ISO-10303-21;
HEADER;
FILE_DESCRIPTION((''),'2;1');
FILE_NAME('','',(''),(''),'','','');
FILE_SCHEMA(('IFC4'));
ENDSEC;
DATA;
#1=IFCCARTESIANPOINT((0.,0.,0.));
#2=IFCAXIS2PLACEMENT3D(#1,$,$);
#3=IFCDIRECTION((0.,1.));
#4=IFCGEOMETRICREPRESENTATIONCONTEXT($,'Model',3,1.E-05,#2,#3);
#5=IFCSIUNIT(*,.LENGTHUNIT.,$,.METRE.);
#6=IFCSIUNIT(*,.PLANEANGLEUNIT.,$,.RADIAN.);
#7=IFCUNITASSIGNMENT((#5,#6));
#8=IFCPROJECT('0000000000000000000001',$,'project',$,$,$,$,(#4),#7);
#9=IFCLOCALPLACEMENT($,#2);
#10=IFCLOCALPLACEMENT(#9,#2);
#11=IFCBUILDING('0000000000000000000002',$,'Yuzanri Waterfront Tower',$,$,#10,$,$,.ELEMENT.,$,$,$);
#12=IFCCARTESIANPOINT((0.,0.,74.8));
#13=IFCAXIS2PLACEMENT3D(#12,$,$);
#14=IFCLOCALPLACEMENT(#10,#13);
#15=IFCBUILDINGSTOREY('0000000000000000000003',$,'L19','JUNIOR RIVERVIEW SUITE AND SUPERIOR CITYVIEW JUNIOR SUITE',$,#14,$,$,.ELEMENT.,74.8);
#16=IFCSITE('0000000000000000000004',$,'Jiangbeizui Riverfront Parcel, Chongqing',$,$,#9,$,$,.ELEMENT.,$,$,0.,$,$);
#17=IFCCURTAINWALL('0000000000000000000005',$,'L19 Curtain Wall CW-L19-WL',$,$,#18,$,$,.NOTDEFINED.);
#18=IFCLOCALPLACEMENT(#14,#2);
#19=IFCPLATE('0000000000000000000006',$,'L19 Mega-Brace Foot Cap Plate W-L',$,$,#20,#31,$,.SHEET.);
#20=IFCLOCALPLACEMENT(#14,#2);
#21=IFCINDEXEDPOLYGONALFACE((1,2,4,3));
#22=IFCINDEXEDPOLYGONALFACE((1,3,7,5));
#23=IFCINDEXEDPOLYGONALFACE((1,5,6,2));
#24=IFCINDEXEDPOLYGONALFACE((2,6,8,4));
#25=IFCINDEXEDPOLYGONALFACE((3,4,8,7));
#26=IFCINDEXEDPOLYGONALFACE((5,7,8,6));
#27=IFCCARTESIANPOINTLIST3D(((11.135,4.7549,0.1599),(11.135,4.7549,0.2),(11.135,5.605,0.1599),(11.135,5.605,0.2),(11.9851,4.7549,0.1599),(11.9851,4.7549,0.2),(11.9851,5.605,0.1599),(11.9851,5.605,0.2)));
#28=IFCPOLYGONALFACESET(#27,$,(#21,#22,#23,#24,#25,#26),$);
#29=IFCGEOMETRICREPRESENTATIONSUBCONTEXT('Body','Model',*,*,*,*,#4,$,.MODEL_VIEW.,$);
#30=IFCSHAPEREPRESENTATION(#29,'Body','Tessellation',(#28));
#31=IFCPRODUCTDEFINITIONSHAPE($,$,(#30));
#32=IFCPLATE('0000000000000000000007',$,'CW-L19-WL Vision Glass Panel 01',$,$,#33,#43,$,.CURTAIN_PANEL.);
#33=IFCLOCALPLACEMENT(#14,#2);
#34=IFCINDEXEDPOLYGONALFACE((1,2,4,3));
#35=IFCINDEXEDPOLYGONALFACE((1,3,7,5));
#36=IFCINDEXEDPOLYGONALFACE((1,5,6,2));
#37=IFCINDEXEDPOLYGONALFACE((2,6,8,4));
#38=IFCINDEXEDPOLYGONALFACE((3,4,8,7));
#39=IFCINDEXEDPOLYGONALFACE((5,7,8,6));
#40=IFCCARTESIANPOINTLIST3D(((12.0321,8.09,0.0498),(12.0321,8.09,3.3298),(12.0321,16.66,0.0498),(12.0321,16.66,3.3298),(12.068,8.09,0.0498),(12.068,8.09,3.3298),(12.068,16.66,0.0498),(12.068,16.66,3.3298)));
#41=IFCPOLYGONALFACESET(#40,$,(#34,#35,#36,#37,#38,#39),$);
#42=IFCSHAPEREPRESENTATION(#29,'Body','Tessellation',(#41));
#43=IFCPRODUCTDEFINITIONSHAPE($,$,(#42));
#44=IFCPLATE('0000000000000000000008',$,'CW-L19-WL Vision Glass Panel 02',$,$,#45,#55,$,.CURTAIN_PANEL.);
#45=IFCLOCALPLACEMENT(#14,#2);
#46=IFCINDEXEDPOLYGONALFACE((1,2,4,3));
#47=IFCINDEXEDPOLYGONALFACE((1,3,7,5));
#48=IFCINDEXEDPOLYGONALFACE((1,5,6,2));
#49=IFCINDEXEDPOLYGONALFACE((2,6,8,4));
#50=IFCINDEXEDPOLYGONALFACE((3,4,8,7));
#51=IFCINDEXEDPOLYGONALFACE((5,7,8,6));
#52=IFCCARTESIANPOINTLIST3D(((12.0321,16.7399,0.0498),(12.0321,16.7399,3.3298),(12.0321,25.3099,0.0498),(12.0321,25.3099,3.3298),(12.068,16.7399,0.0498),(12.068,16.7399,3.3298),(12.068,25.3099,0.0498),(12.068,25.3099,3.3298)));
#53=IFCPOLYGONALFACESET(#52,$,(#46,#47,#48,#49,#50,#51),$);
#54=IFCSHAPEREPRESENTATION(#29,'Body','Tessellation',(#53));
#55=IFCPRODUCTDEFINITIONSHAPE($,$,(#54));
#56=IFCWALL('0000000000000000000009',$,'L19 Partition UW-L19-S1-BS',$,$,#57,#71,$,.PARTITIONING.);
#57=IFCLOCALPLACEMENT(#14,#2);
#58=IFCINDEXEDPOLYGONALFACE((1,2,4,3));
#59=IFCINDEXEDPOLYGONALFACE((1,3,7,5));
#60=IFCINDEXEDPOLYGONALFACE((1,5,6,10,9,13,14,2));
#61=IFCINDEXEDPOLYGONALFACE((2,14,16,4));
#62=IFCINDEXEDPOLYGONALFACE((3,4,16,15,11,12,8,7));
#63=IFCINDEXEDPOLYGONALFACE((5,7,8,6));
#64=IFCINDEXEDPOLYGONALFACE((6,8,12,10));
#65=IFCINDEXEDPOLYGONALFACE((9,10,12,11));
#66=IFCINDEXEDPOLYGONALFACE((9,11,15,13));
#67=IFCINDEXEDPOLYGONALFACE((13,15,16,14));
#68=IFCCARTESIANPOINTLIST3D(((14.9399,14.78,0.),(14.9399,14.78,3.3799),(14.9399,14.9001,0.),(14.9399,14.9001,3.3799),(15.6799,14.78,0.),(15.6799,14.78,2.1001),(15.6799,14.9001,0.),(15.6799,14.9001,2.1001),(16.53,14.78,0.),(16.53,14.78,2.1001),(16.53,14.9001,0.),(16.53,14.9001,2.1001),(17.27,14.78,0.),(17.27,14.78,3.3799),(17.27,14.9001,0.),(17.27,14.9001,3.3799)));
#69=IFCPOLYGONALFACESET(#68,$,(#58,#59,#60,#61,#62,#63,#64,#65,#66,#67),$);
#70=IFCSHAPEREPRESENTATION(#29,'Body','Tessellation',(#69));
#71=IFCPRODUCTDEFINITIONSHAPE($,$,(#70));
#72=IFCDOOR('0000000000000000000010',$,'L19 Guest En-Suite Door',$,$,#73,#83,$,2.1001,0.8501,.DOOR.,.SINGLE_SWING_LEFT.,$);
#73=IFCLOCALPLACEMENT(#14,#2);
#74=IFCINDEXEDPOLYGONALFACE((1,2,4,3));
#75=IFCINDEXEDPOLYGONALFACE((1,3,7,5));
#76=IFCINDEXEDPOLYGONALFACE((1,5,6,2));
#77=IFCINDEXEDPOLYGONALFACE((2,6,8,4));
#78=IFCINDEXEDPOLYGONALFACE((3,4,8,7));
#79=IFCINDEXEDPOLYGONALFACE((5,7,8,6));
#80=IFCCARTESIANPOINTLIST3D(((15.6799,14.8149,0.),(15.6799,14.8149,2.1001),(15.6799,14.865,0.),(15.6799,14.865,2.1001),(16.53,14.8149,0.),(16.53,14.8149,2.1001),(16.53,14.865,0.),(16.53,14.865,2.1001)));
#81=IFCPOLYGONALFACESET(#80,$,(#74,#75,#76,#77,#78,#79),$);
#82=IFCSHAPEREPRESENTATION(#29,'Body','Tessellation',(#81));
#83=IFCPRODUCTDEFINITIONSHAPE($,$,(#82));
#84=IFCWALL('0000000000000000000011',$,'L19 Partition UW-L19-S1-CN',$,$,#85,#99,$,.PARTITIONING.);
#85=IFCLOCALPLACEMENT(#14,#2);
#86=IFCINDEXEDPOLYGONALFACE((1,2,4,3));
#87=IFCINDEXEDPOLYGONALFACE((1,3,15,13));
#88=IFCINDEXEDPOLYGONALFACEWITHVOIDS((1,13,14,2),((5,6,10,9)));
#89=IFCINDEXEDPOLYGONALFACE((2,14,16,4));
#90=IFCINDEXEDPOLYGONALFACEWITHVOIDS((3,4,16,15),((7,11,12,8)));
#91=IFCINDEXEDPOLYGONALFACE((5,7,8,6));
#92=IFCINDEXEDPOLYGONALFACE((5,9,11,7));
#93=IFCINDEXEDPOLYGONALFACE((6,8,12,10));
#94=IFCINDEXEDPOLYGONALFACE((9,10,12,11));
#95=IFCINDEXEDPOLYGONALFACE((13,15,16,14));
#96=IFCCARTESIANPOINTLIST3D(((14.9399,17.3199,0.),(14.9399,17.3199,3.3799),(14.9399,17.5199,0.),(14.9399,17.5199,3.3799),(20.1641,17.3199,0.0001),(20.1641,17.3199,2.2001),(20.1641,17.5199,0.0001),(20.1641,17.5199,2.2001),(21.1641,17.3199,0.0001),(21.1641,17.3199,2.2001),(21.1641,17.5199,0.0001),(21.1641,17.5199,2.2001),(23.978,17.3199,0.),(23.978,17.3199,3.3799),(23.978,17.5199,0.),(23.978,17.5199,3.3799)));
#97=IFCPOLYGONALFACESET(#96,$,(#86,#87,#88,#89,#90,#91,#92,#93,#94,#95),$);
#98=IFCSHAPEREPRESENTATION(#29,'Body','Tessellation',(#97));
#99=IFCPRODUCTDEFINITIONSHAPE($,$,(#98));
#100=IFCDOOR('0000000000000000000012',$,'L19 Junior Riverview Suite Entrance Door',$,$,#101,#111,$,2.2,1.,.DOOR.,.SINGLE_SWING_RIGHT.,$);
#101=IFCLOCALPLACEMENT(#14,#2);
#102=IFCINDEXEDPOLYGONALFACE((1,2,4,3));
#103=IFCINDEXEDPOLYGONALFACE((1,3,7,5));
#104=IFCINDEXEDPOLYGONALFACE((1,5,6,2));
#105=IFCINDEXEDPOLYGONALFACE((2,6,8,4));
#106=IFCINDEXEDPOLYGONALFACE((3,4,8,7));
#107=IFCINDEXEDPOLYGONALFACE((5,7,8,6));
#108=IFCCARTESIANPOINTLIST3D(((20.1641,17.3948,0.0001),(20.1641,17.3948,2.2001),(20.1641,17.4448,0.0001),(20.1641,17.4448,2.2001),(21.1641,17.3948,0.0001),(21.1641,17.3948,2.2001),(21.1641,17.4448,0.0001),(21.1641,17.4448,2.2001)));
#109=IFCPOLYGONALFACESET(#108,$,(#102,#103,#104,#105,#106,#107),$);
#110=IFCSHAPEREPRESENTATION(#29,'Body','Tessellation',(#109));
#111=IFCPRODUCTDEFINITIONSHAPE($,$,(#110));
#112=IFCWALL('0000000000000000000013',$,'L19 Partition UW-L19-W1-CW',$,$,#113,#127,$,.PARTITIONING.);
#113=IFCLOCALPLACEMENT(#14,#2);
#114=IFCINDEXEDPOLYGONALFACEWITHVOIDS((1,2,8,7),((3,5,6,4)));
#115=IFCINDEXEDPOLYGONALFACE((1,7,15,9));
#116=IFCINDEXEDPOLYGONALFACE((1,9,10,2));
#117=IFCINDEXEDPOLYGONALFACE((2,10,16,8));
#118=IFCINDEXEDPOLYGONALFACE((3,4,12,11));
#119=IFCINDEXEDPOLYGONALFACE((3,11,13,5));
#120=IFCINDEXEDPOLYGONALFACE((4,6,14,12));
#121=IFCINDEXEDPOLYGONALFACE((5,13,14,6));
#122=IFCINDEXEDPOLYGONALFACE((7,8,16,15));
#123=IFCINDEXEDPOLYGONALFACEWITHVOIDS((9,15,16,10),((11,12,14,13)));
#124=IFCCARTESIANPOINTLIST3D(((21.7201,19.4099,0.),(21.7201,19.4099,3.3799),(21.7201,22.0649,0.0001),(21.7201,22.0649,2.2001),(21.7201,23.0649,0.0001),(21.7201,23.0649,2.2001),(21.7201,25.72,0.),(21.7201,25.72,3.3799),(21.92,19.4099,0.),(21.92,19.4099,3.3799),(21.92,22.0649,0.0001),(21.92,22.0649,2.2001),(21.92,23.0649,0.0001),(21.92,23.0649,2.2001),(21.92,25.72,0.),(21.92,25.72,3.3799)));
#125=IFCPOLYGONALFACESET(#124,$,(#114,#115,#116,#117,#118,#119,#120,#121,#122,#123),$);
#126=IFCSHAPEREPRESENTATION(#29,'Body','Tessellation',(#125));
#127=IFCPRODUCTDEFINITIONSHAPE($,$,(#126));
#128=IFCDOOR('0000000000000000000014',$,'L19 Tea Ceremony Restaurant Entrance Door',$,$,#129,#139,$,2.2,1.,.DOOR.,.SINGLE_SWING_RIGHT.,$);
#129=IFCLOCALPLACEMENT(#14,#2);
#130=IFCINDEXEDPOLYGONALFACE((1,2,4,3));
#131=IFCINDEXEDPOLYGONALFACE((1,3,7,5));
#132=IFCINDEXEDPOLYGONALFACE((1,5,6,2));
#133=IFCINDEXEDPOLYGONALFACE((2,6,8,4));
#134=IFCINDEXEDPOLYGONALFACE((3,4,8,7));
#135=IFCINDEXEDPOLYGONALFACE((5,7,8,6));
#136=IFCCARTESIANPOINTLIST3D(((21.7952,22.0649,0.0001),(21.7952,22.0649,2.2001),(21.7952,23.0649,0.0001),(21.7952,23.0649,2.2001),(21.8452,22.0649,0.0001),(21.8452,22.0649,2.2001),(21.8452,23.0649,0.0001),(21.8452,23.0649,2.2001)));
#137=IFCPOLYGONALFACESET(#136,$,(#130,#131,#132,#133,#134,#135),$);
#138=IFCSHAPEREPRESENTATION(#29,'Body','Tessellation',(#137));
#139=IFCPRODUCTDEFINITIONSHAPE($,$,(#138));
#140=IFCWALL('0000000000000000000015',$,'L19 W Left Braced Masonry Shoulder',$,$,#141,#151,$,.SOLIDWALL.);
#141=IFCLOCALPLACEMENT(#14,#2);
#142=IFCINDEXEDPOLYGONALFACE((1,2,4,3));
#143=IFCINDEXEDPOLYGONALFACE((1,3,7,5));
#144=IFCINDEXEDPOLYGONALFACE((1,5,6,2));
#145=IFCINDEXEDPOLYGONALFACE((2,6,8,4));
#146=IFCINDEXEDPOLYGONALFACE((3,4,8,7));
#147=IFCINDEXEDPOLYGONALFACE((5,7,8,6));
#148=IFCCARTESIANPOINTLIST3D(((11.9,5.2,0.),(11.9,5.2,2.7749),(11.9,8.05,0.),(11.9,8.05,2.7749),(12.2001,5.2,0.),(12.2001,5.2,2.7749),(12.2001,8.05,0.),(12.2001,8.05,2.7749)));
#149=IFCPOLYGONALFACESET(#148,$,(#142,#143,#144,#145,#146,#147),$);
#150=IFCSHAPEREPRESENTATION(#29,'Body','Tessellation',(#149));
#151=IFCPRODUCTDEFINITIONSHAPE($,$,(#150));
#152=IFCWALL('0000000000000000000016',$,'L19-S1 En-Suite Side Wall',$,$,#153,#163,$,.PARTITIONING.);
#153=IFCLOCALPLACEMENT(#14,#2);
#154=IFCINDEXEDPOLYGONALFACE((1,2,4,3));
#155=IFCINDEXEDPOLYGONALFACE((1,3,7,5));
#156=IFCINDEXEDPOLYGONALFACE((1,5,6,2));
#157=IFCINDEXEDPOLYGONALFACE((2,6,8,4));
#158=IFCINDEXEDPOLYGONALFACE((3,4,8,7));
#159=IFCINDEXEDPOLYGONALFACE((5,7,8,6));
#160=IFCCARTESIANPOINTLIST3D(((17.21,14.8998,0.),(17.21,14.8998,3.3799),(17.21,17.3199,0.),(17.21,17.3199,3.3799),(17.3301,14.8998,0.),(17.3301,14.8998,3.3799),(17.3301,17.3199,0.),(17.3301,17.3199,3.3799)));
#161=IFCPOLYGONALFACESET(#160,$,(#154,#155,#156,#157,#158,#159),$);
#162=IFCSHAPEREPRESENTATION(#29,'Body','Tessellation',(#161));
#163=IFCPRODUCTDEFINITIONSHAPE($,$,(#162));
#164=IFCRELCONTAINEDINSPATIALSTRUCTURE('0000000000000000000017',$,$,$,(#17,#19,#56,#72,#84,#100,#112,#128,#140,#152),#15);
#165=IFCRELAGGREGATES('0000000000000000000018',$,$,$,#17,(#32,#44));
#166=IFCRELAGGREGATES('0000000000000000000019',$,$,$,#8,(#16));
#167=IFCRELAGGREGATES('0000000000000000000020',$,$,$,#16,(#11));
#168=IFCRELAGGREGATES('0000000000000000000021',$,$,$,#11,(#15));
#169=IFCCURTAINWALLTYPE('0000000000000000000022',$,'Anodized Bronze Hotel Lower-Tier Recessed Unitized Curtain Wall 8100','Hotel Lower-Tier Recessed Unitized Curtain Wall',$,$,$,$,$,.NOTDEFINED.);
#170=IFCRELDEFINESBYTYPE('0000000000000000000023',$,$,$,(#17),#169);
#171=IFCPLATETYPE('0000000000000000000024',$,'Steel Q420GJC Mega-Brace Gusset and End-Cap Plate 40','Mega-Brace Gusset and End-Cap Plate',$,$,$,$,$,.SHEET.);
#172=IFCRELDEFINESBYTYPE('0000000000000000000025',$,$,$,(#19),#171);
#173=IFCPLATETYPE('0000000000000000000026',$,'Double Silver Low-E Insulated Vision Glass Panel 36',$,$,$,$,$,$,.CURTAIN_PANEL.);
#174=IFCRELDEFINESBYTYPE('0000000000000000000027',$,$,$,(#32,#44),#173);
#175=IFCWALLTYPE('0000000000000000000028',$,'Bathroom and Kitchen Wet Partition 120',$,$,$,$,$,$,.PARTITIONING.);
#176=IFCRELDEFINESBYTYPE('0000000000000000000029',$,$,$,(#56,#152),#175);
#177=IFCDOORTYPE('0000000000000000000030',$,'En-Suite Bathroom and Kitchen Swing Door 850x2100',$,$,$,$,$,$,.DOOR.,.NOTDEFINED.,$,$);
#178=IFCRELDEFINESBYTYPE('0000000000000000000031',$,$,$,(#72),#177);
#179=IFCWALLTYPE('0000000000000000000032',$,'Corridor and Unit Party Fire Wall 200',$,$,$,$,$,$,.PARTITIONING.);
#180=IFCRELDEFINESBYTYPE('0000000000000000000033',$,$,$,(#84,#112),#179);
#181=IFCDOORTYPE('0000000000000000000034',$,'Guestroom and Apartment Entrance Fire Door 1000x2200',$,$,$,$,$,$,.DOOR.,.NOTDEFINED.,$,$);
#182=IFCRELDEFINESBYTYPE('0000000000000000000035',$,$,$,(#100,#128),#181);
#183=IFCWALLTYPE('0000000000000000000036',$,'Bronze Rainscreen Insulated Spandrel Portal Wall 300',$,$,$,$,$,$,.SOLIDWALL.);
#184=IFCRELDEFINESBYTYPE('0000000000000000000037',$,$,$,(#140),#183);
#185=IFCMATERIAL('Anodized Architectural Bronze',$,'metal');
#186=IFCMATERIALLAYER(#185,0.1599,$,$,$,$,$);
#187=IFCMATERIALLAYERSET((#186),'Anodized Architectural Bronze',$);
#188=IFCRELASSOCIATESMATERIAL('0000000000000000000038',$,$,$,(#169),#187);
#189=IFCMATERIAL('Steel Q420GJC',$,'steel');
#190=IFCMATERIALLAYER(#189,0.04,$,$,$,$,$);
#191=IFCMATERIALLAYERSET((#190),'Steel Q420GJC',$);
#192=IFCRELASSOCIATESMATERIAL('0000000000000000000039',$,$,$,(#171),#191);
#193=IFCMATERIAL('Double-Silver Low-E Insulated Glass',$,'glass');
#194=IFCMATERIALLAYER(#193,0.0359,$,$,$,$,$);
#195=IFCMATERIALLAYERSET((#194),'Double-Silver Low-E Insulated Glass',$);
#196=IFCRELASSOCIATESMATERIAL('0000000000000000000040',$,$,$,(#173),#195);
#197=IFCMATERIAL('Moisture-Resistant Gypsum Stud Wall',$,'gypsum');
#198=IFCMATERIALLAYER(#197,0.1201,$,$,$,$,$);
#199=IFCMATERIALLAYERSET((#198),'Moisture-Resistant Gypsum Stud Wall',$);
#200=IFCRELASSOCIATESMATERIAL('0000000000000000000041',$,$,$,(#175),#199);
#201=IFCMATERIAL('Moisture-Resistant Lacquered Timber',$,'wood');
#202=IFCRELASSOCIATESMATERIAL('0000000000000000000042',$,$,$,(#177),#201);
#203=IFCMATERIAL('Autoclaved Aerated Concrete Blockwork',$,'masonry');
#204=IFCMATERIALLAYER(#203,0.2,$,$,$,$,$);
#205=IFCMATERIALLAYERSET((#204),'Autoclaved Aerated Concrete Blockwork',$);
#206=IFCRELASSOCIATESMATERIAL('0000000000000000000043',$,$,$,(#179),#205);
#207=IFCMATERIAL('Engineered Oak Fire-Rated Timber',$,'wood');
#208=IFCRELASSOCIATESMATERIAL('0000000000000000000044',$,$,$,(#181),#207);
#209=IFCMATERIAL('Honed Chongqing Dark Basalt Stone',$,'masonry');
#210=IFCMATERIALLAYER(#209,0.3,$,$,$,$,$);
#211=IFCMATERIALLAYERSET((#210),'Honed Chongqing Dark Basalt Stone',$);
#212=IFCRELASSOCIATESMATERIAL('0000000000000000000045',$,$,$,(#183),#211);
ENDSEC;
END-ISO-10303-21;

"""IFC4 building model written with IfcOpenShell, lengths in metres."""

from ifc_helpers import new_model, si_unit, direction, frame, frame_2d, origin, origin_2d, place, context, subcontext, project, spatial, rectangle, extrude, source, transform, mapped, material, layer, layer_set, type_object, element, fill, aggregate, save


model = new_model("IFC4")

# Units and contexts
model_context = context("Model", 3, precision=1e-05, world=origin(), true_north=direction((0.0, 1.0)))
body_context = subcontext(model_context, "Body", "Model", "MODEL_VIEW")
ifc_project = project(units=[si_unit("LENGTHUNIT", "METRE"), si_unit("PLANEANGLEUNIT", "RADIAN")], contexts=[model_context])

# Site, building, storey
site_placement = place(None, origin())
site = spatial("IfcSite", under=ifc_project, at=site_placement, Name="Jiangbeizui Riverfront Parcel, Chongqing", CompositionType="ELEMENT", RefElevation=0.0)
building_placement = place(site_placement, origin())
building = spatial("IfcBuilding", under=site, at=building_placement, Name="Yuzanri Waterfront Tower", CompositionType="ELEMENT")
storey_placement = place(building_placement, frame((0.0, 0.0, 74.8)))
storey = spatial("IfcBuildingStorey", under=building, at=storey_placement, Name="L19", Description="JUNIOR RIVERVIEW SUITE AND SUPERIOR CITYVIEW JUNIOR SUITE", CompositionType="ELEMENT", Elevation=74.8)

# Curtain wall
ifc_material_1 = material(Name="Anodized Architectural Bronze", Category="metal")
ifc_layer_1 = layer(ifc_material_1, 0.1599)
ifc_layer_set_1 = layer_set([ifc_layer_1], Name="Anodized Architectural Bronze")
curtain_wall_type = type_object("IfcCurtainWallType", Name="Anodized Bronze Hotel Lower-Tier Recessed Unitized Curtain Wall 8100", Description="Hotel Lower-Tier Recessed Unitized Curtain Wall", PredefinedType="NOTDEFINED", material=ifc_layer_set_1)
curtain_wall_placement = place(storey_placement, origin())
curtain_wall = element("IfcCurtainWall", 1, at=curtain_wall_placement, inside=storey, type_object=curtain_wall_type, Name="L19 Curtain Wall CW-L19-WL", PredefinedType="NOTDEFINED")

# Plates
ifc_material_2 = material(Name="Steel Q420GJC", Category="steel")
ifc_layer_2 = layer(ifc_material_2, 0.04)
ifc_layer_set_2 = layer_set([ifc_layer_2], Name="Steel Q420GJC")
plate_type_1 = type_object("IfcPlateType", Name="Steel Q420GJC Mega-Brace Gusset and End-Cap Plate 40", Description="Mega-Brace Gusset and End-Cap Plate", PredefinedType="SHEET", material=ifc_layer_set_2)
shared_shape_1 = source(origin(), body_context, "Body", "SweptSolid", [
    extrude(rectangle(XDim=0.8501, YDim=0.8501, at=origin_2d()), origin(), (0.0, 0.0, 1.0), 0.04),
])
plate_1_placement = place(storey_placement, frame((11.5601, 5.1799, 0.1599), z_axis=(0.0, 0.0, 1.0), x_axis=(1.0, 0.0, 0.0)))
element("IfcPlate", 2, at=plate_1_placement, inside=storey, type_object=plate_type_1, Name="L19 Mega-Brace Foot Cap Plate W-L", PredefinedType="SHEET", context=body_context, shape_type="MappedRepresentation", body=[
    mapped(shared_shape_1, transform((0.0, 0.0, 0.0), scale=1.0)),
])
ifc_material_3 = material(Name="Double-Silver Low-E Insulated Glass", Category="glass")
ifc_layer_3 = layer(ifc_material_3, 0.0359)
ifc_layer_set_3 = layer_set([ifc_layer_3], Name="Double-Silver Low-E Insulated Glass")
plate_type_2 = type_object("IfcPlateType", Name="Double Silver Low-E Insulated Vision Glass Panel 36", PredefinedType="CURTAIN_PANEL", material=ifc_layer_set_3)
shared_shape_2 = source(origin(), body_context, "Body", "SweptSolid", [
    extrude(rectangle(XDim=8.5701, YDim=0.0359, at=origin_2d()), origin(), (0.0, 0.0, 1.0), 3.28),
])
plate_2_placement = place(storey_placement, frame((12.05, 12.375, 0.0498), z_axis=(0.0, 0.0, 1.0), x_axis=(0.0, 1.0, 0.0)))
plate_2 = element("IfcPlate", 3, at=plate_2_placement, type_object=plate_type_2, Name="CW-L19-WL Vision Glass Panel 01", PredefinedType="CURTAIN_PANEL", context=body_context, shape_type="MappedRepresentation", body=[
    mapped(shared_shape_2, transform((0.0, 0.0, 0.0), scale=1.0)),
])
plate_3_placement = place(storey_placement, frame((12.05, 21.0249, 0.0498), z_axis=(0.0, 0.0, 1.0), x_axis=(0.0, 1.0, 0.0)))
plate_3 = element("IfcPlate", 4, at=plate_3_placement, type_object=plate_type_2, Name="CW-L19-WL Vision Glass Panel 02", PredefinedType="CURTAIN_PANEL", context=body_context, shape_type="MappedRepresentation", body=[
    mapped(shared_shape_2, transform((0.0, 0.0, 0.0), scale=1.0)),
])
aggregate(curtain_wall, [plate_2, plate_3])

# Wall, opening, door
ifc_material_4 = material(Name="Moisture-Resistant Gypsum Stud Wall", Category="gypsum")
ifc_layer_4 = layer(ifc_material_4, 0.1201)
ifc_layer_set_4 = layer_set([ifc_layer_4], Name="Moisture-Resistant Gypsum Stud Wall")
wall_type_1 = type_object("IfcWallType", Name="Bathroom and Kitchen Wet Partition 120", PredefinedType="PARTITIONING", material=ifc_layer_set_4)
wall_1_placement = place(storey_placement, frame((14.9399, 14.8401, 0.0), z_axis=(0.0, 0.0, 1.0), x_axis=(1.0, 0.0, 0.0)))
wall_1 = element("IfcWall", 5, at=wall_1_placement, inside=storey, type_object=wall_type_1, Name="L19 Partition UW-L19-S1-BS", PredefinedType="PARTITIONING", context=body_context, shape_type="SweptSolid", body=[
    extrude(rectangle(XDim=2.3301, YDim=0.1201, at=frame_2d((1.165, 0.0))), origin(), (0.0, 0.0, 1.0), 3.3799),
])
opening_1_placement = place(wall_1_placement, frame((0.74, 0.0, 0.0)))
opening_1 = element("IfcOpeningElement", 6, at=opening_1_placement, cuts=wall_1, PredefinedType="OPENING", context=body_context, shape_type="SweptSolid", body=[
    extrude(rectangle(XDim=0.8501, YDim=2.1001, at=frame_2d((0.425, 1.05))), frame((0.0, 0.075, 0.0), z_axis=(0.0, -1.0, 0.0), x_axis=(1.0, 0.0, 0.0)), (0.0, 0.0, 1.0), 0.1499),
])
ifc_material_5 = material(Name="Moisture-Resistant Lacquered Timber", Category="wood")
door_type_1 = type_object("IfcDoorType", Name="En-Suite Bathroom and Kitchen Swing Door 850x2100", OperationType="NOTDEFINED", PredefinedType="DOOR", material=ifc_material_5)
shared_shape_3 = source(origin(), body_context, "Body", "SweptSolid", [
    extrude(rectangle(XDim=0.8501, YDim=2.1001, at=frame_2d((0.425, 1.05))), frame((0.0, 0.0249, 0.0), z_axis=(0.0, -1.0, 0.0), x_axis=(1.0, 0.0, 0.0)), (0.0, 0.0, 1.0), 0.05),
])
door_1_placement = place(opening_1_placement, origin())
door_1 = element("IfcDoor", 7, at=door_1_placement, inside=storey, type_object=door_type_1, Name="L19 Guest En-Suite Door", OperationType="SINGLE_SWING_LEFT", OverallHeight=2.1001, OverallWidth=0.8501, PredefinedType="DOOR", context=body_context, shape_type="MappedRepresentation", body=[
    mapped(shared_shape_3, transform((0.0, 0.0, 0.0), scale=1.0)),
])
fill(opening_1, door_1)

# Walls, openings, doors
ifc_material_6 = material(Name="Autoclaved Aerated Concrete Blockwork", Category="masonry")
ifc_layer_5 = layer(ifc_material_6, 0.2)
ifc_layer_set_5 = layer_set([ifc_layer_5], Name="Autoclaved Aerated Concrete Blockwork")
wall_type_2 = type_object("IfcWallType", Name="Corridor and Unit Party Fire Wall 200", PredefinedType="PARTITIONING", material=ifc_layer_set_5)
wall_2_placement = place(storey_placement, frame((14.9399, 17.4199, 0.0), z_axis=(0.0, 0.0, 1.0), x_axis=(1.0, 0.0, 0.0)))
wall_2 = element("IfcWall", 8, at=wall_2_placement, inside=storey, type_object=wall_type_2, Name="L19 Partition UW-L19-S1-CN", PredefinedType="PARTITIONING", context=body_context, shape_type="SweptSolid", body=[
    extrude(rectangle(XDim=9.0381, YDim=0.2, at=frame_2d((4.519, 0.0))), origin(), (0.0, 0.0, 1.0), 3.3799),
])
opening_2_placement = place(wall_2_placement, frame((5.2241, 0.0, 0.0)))
opening_2 = element("IfcOpeningElement", 9, at=opening_2_placement, cuts=wall_2, PredefinedType="OPENING", context=body_context, shape_type="SweptSolid", body=[
    extrude(rectangle(XDim=1.0, YDim=2.2, at=frame_2d((0.5, 1.1001))), frame((0.0, 0.1147, 0.0), z_axis=(0.0, -1.0, 0.0), x_axis=(1.0, 0.0, 0.0)), (0.0, 0.0, 1.0), 0.2297),
])
ifc_material_7 = material(Name="Engineered Oak Fire-Rated Timber", Category="wood")
door_type_2 = type_object("IfcDoorType", Name="Guestroom and Apartment Entrance Fire Door 1000x2200", OperationType="NOTDEFINED", PredefinedType="DOOR", material=ifc_material_7)
shared_shape_4 = source(origin(), body_context, "Body", "SweptSolid", [
    extrude(rectangle(XDim=1.0, YDim=2.2, at=frame_2d((0.5, 1.1001))), frame((0.0, 0.0249, 0.0), z_axis=(0.0, -1.0, 0.0), x_axis=(1.0, 0.0, 0.0)), (0.0, 0.0, 1.0), 0.05),
])
door_2_placement = place(opening_2_placement, origin())
door_2 = element("IfcDoor", 10, at=door_2_placement, inside=storey, type_object=door_type_2, Name="L19 Junior Riverview Suite Entrance Door", OperationType="SINGLE_SWING_RIGHT", OverallHeight=2.2, OverallWidth=1.0, PredefinedType="DOOR", context=body_context, shape_type="MappedRepresentation", body=[
    mapped(shared_shape_4, transform((0.0, 0.0, 0.0), scale=1.0)),
])
fill(opening_2, door_2)
wall_3_placement = place(storey_placement, frame((21.8201, 19.4099, 0.0), z_axis=(0.0, 0.0, 1.0), x_axis=(0.0, 1.0, 0.0)))
wall_3 = element("IfcWall", 11, at=wall_3_placement, inside=storey, type_object=wall_type_2, Name="L19 Partition UW-L19-W1-CW", PredefinedType="PARTITIONING", context=body_context, shape_type="SweptSolid", body=[
    extrude(rectangle(XDim=6.3101, YDim=0.2, at=frame_2d((3.155, 0.0))), origin(), (0.0, 0.0, 1.0), 3.3799),
])
opening_3_placement = place(wall_3_placement, frame((2.655, 0.0, 0.0)))
opening_3 = element("IfcOpeningElement", 12, at=opening_3_placement, cuts=wall_3, PredefinedType="OPENING", context=body_context, shape_type="SweptSolid", body=[
    extrude(rectangle(XDim=1.0, YDim=2.2, at=frame_2d((0.5, 1.1001))), frame((0.0, 0.1147, 0.0), z_axis=(0.0, -1.0, 0.0), x_axis=(1.0, 0.0, 0.0)), (0.0, 0.0, 1.0), 0.2297),
])
door_3_placement = place(opening_3_placement, origin())
door_3 = element("IfcDoor", 13, at=door_3_placement, inside=storey, type_object=door_type_2, Name="L19 Tea Ceremony Restaurant Entrance Door", OperationType="SINGLE_SWING_RIGHT", OverallHeight=2.2, OverallWidth=1.0, PredefinedType="DOOR", context=body_context, shape_type="MappedRepresentation", body=[
    mapped(shared_shape_4, transform((0.0, 0.0, 0.0), scale=1.0)),
])
fill(opening_3, door_3)

# Walls
ifc_material_8 = material(Name="Honed Chongqing Dark Basalt Stone", Category="masonry")
ifc_layer_6 = layer(ifc_material_8, 0.3)
ifc_layer_set_6 = layer_set([ifc_layer_6], Name="Honed Chongqing Dark Basalt Stone")
wall_type_3 = type_object("IfcWallType", Name="Bronze Rainscreen Insulated Spandrel Portal Wall 300", PredefinedType="SOLIDWALL", material=ifc_layer_set_6)
shared_shape_5 = source(origin(), body_context, "Body", "SweptSolid", [
    extrude(rectangle(XDim=2.8501, YDim=0.3, at=frame_2d((1.425, 0.0))), origin(), (0.0, 0.0, 1.0), 2.7749),
])
wall_4_placement = place(storey_placement, frame((12.05, 5.2, 0.0), z_axis=(0.0, 0.0, 1.0), x_axis=(0.0, 1.0, 0.0)))
element("IfcWall", 14, at=wall_4_placement, inside=storey, type_object=wall_type_3, Name="L19 W Left Braced Masonry Shoulder", PredefinedType="SOLIDWALL", context=body_context, shape_type="MappedRepresentation", body=[
    mapped(shared_shape_5, transform((0.0, 0.0, 0.0), scale=1.0)),
])
shared_shape_6 = source(origin(), body_context, "Body", "SweptSolid", [
    extrude(rectangle(XDim=2.4202, YDim=0.1201, at=frame_2d((1.21, 0.0))), origin(), (0.0, 0.0, 1.0), 3.3799),
])
wall_5_placement = place(storey_placement, frame((17.27, 14.8999, 0.0), z_axis=(0.0, 0.0, 1.0), x_axis=(0.0, 1.0, 0.0)))
element("IfcWall", 15, at=wall_5_placement, inside=storey, type_object=wall_type_1, Name="L19-S1 En-Suite Side Wall", PredefinedType="PARTITIONING", context=body_context, shape_type="MappedRepresentation", body=[
    mapped(shared_shape_6, transform((0.0, 0.0, 0.0), scale=1.0)),
])

save(model, "model.ifc")
